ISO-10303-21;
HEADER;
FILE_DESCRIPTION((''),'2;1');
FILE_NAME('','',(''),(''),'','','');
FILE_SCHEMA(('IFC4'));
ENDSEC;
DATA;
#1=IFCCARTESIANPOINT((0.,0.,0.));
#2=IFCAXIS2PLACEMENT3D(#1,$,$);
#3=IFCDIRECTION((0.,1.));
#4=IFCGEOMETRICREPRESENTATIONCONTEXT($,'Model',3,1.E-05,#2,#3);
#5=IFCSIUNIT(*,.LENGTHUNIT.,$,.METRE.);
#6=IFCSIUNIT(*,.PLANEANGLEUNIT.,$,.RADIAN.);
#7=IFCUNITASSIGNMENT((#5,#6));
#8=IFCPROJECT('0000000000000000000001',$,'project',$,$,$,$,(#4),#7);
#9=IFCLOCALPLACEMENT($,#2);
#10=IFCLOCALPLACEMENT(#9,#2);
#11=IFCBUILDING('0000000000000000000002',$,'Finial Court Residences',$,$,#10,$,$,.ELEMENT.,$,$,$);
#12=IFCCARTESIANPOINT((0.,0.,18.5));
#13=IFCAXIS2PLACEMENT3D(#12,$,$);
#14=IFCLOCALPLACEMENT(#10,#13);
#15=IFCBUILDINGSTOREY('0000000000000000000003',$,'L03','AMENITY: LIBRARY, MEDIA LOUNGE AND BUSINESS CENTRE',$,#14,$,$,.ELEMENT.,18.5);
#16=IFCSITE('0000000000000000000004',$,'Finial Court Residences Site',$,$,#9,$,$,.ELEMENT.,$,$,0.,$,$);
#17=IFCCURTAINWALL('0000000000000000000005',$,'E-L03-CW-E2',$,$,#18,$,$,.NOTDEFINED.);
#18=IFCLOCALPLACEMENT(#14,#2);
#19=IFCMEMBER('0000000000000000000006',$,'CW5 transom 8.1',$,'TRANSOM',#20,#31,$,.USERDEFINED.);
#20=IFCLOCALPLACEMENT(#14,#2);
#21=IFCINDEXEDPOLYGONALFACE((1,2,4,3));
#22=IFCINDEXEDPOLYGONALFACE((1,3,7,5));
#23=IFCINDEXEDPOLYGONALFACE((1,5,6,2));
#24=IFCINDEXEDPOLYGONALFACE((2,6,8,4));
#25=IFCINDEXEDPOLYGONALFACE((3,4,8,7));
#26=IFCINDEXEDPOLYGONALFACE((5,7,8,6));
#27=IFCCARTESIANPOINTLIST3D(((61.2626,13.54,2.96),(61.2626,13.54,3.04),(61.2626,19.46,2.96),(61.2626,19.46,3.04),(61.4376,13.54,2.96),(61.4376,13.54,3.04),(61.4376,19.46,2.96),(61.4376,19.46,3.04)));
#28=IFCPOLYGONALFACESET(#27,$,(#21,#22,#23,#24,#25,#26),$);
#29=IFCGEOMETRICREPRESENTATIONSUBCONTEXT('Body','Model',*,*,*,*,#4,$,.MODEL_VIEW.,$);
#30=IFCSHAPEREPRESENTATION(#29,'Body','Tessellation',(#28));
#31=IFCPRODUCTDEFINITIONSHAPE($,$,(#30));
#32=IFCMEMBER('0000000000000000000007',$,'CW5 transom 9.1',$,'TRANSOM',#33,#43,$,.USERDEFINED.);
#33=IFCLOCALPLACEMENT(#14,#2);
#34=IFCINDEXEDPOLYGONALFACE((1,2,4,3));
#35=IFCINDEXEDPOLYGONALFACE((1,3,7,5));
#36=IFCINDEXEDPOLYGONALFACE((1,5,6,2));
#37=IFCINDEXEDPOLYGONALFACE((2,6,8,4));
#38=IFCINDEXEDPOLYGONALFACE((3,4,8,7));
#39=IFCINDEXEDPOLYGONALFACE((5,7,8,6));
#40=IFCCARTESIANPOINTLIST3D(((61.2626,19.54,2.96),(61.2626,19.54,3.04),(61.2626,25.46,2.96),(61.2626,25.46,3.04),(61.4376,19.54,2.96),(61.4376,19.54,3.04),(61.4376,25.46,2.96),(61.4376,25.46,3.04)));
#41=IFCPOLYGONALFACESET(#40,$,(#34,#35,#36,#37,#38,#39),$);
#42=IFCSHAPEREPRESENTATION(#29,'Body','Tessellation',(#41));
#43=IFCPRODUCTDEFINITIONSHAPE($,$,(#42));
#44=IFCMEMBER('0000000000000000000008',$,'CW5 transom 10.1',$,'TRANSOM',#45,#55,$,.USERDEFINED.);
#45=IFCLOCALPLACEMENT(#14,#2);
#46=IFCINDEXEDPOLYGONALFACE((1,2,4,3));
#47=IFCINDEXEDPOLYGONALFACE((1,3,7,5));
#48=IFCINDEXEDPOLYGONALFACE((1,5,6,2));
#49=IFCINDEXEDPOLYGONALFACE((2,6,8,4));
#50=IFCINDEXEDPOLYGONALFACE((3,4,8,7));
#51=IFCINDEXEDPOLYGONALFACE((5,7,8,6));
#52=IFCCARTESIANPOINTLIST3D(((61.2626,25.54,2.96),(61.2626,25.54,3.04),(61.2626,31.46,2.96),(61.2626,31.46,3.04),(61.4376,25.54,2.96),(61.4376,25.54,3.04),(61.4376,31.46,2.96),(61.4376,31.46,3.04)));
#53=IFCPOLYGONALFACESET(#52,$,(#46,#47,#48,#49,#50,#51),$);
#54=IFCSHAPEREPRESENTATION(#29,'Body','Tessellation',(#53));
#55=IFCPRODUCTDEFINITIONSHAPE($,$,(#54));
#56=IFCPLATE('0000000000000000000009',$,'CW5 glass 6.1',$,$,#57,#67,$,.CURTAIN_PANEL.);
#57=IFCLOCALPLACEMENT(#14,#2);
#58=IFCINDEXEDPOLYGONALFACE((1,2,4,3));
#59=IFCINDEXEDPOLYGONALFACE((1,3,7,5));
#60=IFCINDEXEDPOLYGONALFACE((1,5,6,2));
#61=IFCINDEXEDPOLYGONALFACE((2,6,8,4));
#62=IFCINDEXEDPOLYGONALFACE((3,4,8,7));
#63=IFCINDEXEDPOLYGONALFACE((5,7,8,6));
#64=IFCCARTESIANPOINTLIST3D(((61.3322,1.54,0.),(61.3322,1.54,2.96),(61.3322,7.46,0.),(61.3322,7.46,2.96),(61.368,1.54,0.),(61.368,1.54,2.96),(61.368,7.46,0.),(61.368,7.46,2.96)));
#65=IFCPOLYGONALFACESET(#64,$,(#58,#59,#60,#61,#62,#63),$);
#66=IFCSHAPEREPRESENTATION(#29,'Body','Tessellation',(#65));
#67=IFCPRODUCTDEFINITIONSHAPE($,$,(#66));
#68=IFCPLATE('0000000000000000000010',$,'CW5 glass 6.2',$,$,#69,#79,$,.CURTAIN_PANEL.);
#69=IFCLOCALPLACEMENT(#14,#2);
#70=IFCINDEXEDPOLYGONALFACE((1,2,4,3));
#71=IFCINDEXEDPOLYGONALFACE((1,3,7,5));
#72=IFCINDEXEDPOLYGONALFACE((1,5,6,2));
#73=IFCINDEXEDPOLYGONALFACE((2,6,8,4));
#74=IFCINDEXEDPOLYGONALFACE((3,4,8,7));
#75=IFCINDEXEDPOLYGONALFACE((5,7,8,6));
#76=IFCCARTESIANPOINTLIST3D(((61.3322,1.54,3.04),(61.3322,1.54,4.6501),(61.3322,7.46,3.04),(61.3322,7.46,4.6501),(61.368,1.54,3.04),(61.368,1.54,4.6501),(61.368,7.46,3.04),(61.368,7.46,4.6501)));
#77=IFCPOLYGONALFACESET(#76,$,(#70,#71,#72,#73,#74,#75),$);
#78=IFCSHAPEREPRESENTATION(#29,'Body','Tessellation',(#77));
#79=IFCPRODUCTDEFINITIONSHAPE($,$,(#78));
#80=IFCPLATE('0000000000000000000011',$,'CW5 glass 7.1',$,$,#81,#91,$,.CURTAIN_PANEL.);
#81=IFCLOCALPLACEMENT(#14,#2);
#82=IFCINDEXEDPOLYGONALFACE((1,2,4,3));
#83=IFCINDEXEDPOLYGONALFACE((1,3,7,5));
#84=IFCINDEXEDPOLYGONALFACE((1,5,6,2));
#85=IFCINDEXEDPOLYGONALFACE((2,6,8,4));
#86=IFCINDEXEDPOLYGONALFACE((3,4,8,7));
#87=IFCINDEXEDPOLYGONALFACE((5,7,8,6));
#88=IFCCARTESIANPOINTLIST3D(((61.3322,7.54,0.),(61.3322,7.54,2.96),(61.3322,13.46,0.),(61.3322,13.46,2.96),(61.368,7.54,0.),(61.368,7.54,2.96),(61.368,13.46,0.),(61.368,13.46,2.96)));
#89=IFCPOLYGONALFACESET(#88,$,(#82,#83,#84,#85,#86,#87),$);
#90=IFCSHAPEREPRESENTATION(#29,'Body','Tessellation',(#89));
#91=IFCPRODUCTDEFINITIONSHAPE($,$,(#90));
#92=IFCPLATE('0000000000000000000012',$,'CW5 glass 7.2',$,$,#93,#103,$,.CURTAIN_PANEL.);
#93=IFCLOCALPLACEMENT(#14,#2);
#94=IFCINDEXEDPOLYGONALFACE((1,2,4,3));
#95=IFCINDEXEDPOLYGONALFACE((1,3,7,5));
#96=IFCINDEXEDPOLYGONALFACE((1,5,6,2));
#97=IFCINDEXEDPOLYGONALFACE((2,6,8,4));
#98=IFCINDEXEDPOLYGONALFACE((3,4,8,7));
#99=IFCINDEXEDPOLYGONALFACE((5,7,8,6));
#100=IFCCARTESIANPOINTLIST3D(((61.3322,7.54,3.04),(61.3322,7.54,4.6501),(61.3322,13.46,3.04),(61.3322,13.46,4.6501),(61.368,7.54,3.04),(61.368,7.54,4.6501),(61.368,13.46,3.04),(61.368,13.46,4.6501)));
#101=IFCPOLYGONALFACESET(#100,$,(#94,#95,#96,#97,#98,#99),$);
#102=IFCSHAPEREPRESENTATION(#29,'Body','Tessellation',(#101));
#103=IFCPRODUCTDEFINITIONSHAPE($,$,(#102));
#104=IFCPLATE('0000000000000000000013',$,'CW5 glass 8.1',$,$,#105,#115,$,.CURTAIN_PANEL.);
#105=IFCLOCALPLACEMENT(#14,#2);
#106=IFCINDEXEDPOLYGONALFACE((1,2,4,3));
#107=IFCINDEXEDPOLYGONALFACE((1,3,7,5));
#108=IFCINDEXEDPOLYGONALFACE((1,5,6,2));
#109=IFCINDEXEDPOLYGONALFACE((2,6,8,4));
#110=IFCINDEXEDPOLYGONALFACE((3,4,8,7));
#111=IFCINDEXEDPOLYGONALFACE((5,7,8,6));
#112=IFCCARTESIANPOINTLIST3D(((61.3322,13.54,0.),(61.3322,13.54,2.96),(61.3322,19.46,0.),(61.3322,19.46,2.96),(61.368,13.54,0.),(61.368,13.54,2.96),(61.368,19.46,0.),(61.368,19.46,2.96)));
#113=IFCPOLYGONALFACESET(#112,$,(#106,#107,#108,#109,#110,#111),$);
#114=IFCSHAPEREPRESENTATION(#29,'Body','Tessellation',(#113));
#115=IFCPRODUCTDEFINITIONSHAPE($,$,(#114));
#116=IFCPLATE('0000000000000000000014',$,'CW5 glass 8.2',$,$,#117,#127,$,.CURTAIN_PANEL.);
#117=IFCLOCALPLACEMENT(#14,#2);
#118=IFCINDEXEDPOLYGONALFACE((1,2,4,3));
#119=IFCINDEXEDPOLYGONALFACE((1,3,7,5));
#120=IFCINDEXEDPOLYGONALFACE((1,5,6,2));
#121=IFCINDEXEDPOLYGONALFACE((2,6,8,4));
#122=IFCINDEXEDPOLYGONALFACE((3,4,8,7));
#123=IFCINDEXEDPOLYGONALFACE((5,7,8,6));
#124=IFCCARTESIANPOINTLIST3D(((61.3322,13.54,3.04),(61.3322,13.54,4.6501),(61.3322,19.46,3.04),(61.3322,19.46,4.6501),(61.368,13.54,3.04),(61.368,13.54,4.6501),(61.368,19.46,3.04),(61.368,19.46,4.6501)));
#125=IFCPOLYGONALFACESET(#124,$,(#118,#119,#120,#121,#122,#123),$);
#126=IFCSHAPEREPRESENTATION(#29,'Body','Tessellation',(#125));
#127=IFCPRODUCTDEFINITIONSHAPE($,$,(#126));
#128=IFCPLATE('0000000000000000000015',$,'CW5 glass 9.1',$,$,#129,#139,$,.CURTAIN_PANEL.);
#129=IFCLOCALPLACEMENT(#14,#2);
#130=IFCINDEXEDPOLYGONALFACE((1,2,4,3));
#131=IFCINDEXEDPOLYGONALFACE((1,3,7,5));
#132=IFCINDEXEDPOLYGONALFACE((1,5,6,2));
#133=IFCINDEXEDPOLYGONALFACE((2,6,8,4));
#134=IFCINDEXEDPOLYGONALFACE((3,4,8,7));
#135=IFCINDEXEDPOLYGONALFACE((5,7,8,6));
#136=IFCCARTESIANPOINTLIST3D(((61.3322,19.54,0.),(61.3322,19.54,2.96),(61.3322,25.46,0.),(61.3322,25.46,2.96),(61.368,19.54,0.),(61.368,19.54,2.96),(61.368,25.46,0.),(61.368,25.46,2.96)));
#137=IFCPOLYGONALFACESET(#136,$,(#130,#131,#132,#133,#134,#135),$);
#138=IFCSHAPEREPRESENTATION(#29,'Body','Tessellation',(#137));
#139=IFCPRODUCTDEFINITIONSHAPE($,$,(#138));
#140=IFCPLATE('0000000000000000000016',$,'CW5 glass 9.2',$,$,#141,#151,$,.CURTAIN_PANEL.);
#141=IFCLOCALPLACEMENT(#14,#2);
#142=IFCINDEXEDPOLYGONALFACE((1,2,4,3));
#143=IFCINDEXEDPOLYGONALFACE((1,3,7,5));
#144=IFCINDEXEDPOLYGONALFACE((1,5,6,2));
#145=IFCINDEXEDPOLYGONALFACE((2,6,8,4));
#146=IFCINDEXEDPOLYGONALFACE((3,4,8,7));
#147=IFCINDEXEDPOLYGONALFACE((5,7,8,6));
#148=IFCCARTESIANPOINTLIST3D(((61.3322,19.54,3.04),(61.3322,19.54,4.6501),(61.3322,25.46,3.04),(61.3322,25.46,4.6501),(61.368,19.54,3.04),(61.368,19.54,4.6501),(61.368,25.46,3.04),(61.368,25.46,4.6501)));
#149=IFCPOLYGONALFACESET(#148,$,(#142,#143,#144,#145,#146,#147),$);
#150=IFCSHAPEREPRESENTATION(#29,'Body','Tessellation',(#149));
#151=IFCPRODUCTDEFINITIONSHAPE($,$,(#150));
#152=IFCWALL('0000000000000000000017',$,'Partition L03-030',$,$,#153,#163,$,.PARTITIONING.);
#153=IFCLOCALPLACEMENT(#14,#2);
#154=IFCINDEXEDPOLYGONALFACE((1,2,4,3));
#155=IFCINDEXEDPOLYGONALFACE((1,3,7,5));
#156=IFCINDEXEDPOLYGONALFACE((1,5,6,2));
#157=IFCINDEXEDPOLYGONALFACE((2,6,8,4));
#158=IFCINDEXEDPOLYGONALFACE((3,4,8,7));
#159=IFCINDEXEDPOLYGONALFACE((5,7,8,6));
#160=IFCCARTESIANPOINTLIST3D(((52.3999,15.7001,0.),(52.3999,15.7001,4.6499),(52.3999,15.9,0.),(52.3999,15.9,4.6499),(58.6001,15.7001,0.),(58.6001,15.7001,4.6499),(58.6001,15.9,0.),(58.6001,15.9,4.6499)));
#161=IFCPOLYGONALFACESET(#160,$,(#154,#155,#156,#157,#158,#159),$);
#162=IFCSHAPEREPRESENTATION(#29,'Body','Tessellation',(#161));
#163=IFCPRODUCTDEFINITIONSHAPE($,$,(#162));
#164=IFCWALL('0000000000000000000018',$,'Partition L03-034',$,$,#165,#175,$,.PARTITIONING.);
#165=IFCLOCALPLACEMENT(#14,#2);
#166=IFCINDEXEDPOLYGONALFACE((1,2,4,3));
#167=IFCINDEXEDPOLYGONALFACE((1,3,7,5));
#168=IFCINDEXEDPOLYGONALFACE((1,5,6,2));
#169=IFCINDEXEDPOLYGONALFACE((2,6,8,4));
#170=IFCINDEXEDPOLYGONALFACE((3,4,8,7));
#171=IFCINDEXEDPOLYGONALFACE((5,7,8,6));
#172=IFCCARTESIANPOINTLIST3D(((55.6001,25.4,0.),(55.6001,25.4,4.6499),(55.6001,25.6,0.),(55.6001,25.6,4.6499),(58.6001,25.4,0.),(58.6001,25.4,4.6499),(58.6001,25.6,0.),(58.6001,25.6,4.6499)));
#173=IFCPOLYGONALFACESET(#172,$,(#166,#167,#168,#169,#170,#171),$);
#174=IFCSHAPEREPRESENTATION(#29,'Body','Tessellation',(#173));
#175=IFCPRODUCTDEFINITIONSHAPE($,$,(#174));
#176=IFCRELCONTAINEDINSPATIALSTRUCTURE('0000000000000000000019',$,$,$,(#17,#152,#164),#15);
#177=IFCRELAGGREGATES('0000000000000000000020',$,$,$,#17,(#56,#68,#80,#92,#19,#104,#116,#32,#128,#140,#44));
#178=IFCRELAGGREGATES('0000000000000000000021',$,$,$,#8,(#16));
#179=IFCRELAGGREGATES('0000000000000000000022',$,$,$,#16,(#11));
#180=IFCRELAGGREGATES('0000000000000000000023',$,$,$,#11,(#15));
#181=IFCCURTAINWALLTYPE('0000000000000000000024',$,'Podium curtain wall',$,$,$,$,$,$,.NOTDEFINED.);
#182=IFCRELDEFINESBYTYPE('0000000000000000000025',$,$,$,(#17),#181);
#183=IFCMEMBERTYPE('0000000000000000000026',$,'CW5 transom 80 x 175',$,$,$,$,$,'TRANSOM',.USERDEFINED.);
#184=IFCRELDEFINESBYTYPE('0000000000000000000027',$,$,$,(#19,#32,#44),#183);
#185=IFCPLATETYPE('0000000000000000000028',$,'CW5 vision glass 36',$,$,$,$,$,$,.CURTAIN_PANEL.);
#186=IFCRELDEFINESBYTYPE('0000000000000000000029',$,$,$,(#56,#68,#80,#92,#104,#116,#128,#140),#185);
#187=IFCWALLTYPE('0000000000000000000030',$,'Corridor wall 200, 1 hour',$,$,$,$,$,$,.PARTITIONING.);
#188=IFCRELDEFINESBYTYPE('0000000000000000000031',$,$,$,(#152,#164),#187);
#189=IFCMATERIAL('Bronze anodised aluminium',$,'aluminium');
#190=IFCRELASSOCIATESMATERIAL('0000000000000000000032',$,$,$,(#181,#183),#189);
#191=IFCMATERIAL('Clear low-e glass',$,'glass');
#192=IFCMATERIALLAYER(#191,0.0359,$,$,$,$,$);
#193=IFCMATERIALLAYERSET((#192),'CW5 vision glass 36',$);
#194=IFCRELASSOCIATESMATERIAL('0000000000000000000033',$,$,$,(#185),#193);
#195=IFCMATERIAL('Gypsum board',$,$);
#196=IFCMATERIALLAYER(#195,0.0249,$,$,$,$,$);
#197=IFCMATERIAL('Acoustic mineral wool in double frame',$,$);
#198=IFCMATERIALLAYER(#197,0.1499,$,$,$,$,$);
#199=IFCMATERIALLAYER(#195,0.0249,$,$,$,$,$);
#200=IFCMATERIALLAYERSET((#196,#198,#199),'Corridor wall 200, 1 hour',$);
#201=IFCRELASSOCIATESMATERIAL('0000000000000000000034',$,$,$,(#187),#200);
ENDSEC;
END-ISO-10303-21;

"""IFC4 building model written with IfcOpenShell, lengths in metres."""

from ifc_helpers import new_model, si_unit, direction, frame, frame_2d, origin, origin_2d, place, context, subcontext, project, spatial, rectangle, extrude, material, layer, layer_set, material_profile, profile_set, type_object, element, aggregate, save


model = new_model("IFC4")

# Units and contexts
model_context = context("Model", 3, precision=1e-05, world=origin(), true_north=direction((0.0, 1.0)))
body_context = subcontext(model_context, "Body", "Model", "MODEL_VIEW")
ifc_project = project(units=[si_unit("LENGTHUNIT", "METRE"), si_unit("PLANEANGLEUNIT", "RADIAN")], contexts=[model_context])

# Site, building, storey
site_placement = place(None, origin())
site = spatial("IfcSite", under=ifc_project, at=site_placement, Name="Finial Court Residences Site", CompositionType="ELEMENT", RefElevation=0.0)
building_placement = place(site_placement, origin())
building = spatial("IfcBuilding", under=site, at=building_placement, Name="Finial Court Residences", CompositionType="ELEMENT")
storey_placement = place(building_placement, frame((0.0, 0.0, 18.5)))
storey = spatial("IfcBuildingStorey", under=building, at=storey_placement, Name="L03", Description="AMENITY: LIBRARY, MEDIA LOUNGE AND BUSINESS CENTRE", CompositionType="ELEMENT", Elevation=18.5)

# Curtain wall, members, plates
ifc_material_1 = material(Name="Bronze anodised aluminium", Category="aluminium")
curtain_wall_type = type_object("IfcCurtainWallType", Name="Podium curtain wall", PredefinedType="NOTDEFINED", material=ifc_material_1)
curtain_wall_placement = place(storey_placement, origin())
curtain_wall = element("IfcCurtainWall", 1, at=curtain_wall_placement, inside=storey, type_object=curtain_wall_type, Name="E-L03-CW-E2", PredefinedType="NOTDEFINED")
ifc_material_profile_1 = material_profile(ifc_material_1, rectangle(XDim=0.175, YDim=0.0801, at=origin_2d()), Name="CW5 transom 80 x 175")
ifc_profile_set_1 = profile_set([ifc_material_profile_1], Name="Bronze anodised aluminium")
member_type_1 = type_object("IfcMemberType", Name="CW5 transom 80 x 175", ElementType="TRANSOM", PredefinedType="USERDEFINED", material=ifc_profile_set_1)
member_1_placement = place(storey_placement, frame((61.3501, 13.54, 3.0), z_axis=(0.0, 1.0, 0.0), x_axis=(-1.0, 0.0, 0.0)))
member_1 = element("IfcMember", 2, at=member_1_placement, type_object=member_type_1, Name="CW5 transom 8.1", ObjectType="TRANSOM", PredefinedType="USERDEFINED", context=body_context, shape_type="SweptSolid", body=[
    extrude(rectangle(XDim=0.175, YDim=0.0801, at=origin_2d()), origin(), (0.0, 0.0, 1.0), 5.9199),
])
member_2_placement = place(storey_placement, frame((61.3501, 19.54, 3.0), z_axis=(0.0, 1.0, 0.0), x_axis=(-1.0, 0.0, 0.0)))
member_2 = element("IfcMember", 3, at=member_2_placement, type_object=member_type_1, Name="CW5 transom 9.1", ObjectType="TRANSOM", PredefinedType="USERDEFINED", context=body_context, shape_type="SweptSolid", body=[
    extrude(rectangle(XDim=0.175, YDim=0.0801, at=origin_2d()), origin(), (0.0, 0.0, 1.0), 5.9199),
])
member_3_placement = place(storey_placement, frame((61.3501, 25.54, 3.0), z_axis=(0.0, 1.0, 0.0), x_axis=(-1.0, 0.0, 0.0)))
member_3 = element("IfcMember", 4, at=member_3_placement, type_object=member_type_1, Name="CW5 transom 10.1", ObjectType="TRANSOM", PredefinedType="USERDEFINED", context=body_context, shape_type="SweptSolid", body=[
    extrude(rectangle(XDim=0.175, YDim=0.0801, at=origin_2d()), origin(), (0.0, 0.0, 1.0), 5.9199),
])
ifc_material_2 = material(Name="Clear low-e glass", Category="glass")
ifc_layer_1 = layer(ifc_material_2, 0.0359)
ifc_layer_set_1 = layer_set([ifc_layer_1], Name="CW5 vision glass 36")
plate_type = type_object("IfcPlateType", Name="CW5 vision glass 36", PredefinedType="CURTAIN_PANEL", material=ifc_layer_set_1)
plate_1_placement = place(storey_placement, frame((61.3501, 4.5, 0.0), z_axis=(0.0, 0.0, 1.0), x_axis=(0.0, 1.0, 0.0)))
plate_1 = element("IfcPlate", 5, at=plate_1_placement, type_object=plate_type, Name="CW5 glass 6.1", PredefinedType="CURTAIN_PANEL", context=body_context, shape_type="SweptSolid", body=[
    extrude(rectangle(XDim=5.9199, YDim=0.0359, at=origin_2d()), origin(), (0.0, 0.0, 1.0), 2.96),
])
plate_2_placement = place(storey_placement, frame((61.3501, 4.5, 3.04), z_axis=(0.0, 0.0, 1.0), x_axis=(0.0, 1.0, 0.0)))
plate_2 = element("IfcPlate", 6, at=plate_2_placement, type_object=plate_type, Name="CW5 glass 6.2", PredefinedType="CURTAIN_PANEL", context=body_context, shape_type="SweptSolid", body=[
    extrude(rectangle(XDim=5.9199, YDim=0.0359, at=origin_2d()), origin(), (0.0, 0.0, 1.0), 1.6101),
])
plate_3_placement = place(storey_placement, frame((61.3501, 10.5, 0.0), z_axis=(0.0, 0.0, 1.0), x_axis=(0.0, 1.0, 0.0)))
plate_3 = element("IfcPlate", 7, at=plate_3_placement, type_object=plate_type, Name="CW5 glass 7.1", PredefinedType="CURTAIN_PANEL", context=body_context, shape_type="SweptSolid", body=[
    extrude(rectangle(XDim=5.9199, YDim=0.0359, at=origin_2d()), origin(), (0.0, 0.0, 1.0), 2.96),
])
plate_4_placement = place(storey_placement, frame((61.3501, 10.5, 3.04), z_axis=(0.0, 0.0, 1.0), x_axis=(0.0, 1.0, 0.0)))
plate_4 = element("IfcPlate", 8, at=plate_4_placement, type_object=plate_type, Name="CW5 glass 7.2", PredefinedType="CURTAIN_PANEL", context=body_context, shape_type="SweptSolid", body=[
    extrude(rectangle(XDim=5.9199, YDim=0.0359, at=origin_2d()), origin(), (0.0, 0.0, 1.0), 1.6101),
])
plate_5_placement = place(storey_placement, frame((61.3501, 16.5, 0.0), z_axis=(0.0, 0.0, 1.0), x_axis=(0.0, 1.0, 0.0)))
plate_5 = element("IfcPlate", 9, at=plate_5_placement, type_object=plate_type, Name="CW5 glass 8.1", PredefinedType="CURTAIN_PANEL", context=body_context, shape_type="SweptSolid", body=[
    extrude(rectangle(XDim=5.9199, YDim=0.0359, at=origin_2d()), origin(), (0.0, 0.0, 1.0), 2.96),
])
plate_6_placement = place(storey_placement, frame((61.3501, 16.5, 3.04), z_axis=(0.0, 0.0, 1.0), x_axis=(0.0, 1.0, 0.0)))
plate_6 = element("IfcPlate", 10, at=plate_6_placement, type_object=plate_type, Name="CW5 glass 8.2", PredefinedType="CURTAIN_PANEL", context=body_context, shape_type="SweptSolid", body=[
    extrude(rectangle(XDim=5.9199, YDim=0.0359, at=origin_2d()), origin(), (0.0, 0.0, 1.0), 1.6101),
])
plate_7_placement = place(storey_placement, frame((61.3501, 22.5, 0.0), z_axis=(0.0, 0.0, 1.0), x_axis=(0.0, 1.0, 0.0)))
plate_7 = element("IfcPlate", 11, at=plate_7_placement, type_object=plate_type, Name="CW5 glass 9.1", PredefinedType="CURTAIN_PANEL", context=body_context, shape_type="SweptSolid", body=[
    extrude(rectangle(XDim=5.9199, YDim=0.0359, at=origin_2d()), origin(), (0.0, 0.0, 1.0), 2.96),
])
plate_8_placement = place(storey_placement, frame((61.3501, 22.5, 3.04), z_axis=(0.0, 0.0, 1.0), x_axis=(0.0, 1.0, 0.0)))
plate_8 = element("IfcPlate", 12, at=plate_8_placement, type_object=plate_type, Name="CW5 glass 9.2", PredefinedType="CURTAIN_PANEL", context=body_context, shape_type="SweptSolid", body=[
    extrude(rectangle(XDim=5.9199, YDim=0.0359, at=origin_2d()), origin(), (0.0, 0.0, 1.0), 1.6101),
])
aggregate(curtain_wall, [plate_1, plate_2, plate_3, plate_4, member_1, plate_5, plate_6, member_2, plate_7, plate_8, member_3])

# Walls
ifc_material_3 = material(Name="Gypsum board")
ifc_layer_2 = layer(ifc_material_3, 0.0249)
ifc_material_4 = material(Name="Acoustic mineral wool in double frame")
ifc_layer_3 = layer(ifc_material_4, 0.1499)
ifc_layer_4 = layer(ifc_material_3, 0.0249)
ifc_layer_set_2 = layer_set([ifc_layer_2, ifc_layer_3, ifc_layer_4], Name="Corridor wall 200, 1 hour")
wall_type_1 = type_object("IfcWallType", Name="Corridor wall 200, 1 hour", PredefinedType="PARTITIONING", material=ifc_layer_set_2)
wall_1_placement = place(storey_placement, frame((52.3999, 15.8, 0.0), z_axis=(0.0, 0.0, 1.0), x_axis=(1.0, 0.0, 0.0)))
element("IfcWall", 13, at=wall_1_placement, inside=storey, type_object=wall_type_1, Name="Partition L03-030", PredefinedType="PARTITIONING", context=body_context, shape_type="SweptSolid", body=[
    extrude(rectangle(XDim=6.2002, YDim=0.2, at=frame_2d((3.1001, 0.0))), origin(), (0.0, 0.0, 1.0), 4.6499),
])
wall_2_placement = place(storey_placement, frame((55.6001, 25.5, 0.0), z_axis=(0.0, 0.0, 1.0), x_axis=(1.0, 0.0, 0.0)))
element("IfcWall", 14, at=wall_2_placement, inside=storey, type_object=wall_type_1, Name="Partition L03-034", PredefinedType="PARTITIONING", context=body_context, shape_type="SweptSolid", body=[
    extrude(rectangle(XDim=3.0, YDim=0.2, at=frame_2d((1.5, 0.0))), origin(), (0.0, 0.0, 1.0), 4.6499),
])

save(model, "model.ifc")
